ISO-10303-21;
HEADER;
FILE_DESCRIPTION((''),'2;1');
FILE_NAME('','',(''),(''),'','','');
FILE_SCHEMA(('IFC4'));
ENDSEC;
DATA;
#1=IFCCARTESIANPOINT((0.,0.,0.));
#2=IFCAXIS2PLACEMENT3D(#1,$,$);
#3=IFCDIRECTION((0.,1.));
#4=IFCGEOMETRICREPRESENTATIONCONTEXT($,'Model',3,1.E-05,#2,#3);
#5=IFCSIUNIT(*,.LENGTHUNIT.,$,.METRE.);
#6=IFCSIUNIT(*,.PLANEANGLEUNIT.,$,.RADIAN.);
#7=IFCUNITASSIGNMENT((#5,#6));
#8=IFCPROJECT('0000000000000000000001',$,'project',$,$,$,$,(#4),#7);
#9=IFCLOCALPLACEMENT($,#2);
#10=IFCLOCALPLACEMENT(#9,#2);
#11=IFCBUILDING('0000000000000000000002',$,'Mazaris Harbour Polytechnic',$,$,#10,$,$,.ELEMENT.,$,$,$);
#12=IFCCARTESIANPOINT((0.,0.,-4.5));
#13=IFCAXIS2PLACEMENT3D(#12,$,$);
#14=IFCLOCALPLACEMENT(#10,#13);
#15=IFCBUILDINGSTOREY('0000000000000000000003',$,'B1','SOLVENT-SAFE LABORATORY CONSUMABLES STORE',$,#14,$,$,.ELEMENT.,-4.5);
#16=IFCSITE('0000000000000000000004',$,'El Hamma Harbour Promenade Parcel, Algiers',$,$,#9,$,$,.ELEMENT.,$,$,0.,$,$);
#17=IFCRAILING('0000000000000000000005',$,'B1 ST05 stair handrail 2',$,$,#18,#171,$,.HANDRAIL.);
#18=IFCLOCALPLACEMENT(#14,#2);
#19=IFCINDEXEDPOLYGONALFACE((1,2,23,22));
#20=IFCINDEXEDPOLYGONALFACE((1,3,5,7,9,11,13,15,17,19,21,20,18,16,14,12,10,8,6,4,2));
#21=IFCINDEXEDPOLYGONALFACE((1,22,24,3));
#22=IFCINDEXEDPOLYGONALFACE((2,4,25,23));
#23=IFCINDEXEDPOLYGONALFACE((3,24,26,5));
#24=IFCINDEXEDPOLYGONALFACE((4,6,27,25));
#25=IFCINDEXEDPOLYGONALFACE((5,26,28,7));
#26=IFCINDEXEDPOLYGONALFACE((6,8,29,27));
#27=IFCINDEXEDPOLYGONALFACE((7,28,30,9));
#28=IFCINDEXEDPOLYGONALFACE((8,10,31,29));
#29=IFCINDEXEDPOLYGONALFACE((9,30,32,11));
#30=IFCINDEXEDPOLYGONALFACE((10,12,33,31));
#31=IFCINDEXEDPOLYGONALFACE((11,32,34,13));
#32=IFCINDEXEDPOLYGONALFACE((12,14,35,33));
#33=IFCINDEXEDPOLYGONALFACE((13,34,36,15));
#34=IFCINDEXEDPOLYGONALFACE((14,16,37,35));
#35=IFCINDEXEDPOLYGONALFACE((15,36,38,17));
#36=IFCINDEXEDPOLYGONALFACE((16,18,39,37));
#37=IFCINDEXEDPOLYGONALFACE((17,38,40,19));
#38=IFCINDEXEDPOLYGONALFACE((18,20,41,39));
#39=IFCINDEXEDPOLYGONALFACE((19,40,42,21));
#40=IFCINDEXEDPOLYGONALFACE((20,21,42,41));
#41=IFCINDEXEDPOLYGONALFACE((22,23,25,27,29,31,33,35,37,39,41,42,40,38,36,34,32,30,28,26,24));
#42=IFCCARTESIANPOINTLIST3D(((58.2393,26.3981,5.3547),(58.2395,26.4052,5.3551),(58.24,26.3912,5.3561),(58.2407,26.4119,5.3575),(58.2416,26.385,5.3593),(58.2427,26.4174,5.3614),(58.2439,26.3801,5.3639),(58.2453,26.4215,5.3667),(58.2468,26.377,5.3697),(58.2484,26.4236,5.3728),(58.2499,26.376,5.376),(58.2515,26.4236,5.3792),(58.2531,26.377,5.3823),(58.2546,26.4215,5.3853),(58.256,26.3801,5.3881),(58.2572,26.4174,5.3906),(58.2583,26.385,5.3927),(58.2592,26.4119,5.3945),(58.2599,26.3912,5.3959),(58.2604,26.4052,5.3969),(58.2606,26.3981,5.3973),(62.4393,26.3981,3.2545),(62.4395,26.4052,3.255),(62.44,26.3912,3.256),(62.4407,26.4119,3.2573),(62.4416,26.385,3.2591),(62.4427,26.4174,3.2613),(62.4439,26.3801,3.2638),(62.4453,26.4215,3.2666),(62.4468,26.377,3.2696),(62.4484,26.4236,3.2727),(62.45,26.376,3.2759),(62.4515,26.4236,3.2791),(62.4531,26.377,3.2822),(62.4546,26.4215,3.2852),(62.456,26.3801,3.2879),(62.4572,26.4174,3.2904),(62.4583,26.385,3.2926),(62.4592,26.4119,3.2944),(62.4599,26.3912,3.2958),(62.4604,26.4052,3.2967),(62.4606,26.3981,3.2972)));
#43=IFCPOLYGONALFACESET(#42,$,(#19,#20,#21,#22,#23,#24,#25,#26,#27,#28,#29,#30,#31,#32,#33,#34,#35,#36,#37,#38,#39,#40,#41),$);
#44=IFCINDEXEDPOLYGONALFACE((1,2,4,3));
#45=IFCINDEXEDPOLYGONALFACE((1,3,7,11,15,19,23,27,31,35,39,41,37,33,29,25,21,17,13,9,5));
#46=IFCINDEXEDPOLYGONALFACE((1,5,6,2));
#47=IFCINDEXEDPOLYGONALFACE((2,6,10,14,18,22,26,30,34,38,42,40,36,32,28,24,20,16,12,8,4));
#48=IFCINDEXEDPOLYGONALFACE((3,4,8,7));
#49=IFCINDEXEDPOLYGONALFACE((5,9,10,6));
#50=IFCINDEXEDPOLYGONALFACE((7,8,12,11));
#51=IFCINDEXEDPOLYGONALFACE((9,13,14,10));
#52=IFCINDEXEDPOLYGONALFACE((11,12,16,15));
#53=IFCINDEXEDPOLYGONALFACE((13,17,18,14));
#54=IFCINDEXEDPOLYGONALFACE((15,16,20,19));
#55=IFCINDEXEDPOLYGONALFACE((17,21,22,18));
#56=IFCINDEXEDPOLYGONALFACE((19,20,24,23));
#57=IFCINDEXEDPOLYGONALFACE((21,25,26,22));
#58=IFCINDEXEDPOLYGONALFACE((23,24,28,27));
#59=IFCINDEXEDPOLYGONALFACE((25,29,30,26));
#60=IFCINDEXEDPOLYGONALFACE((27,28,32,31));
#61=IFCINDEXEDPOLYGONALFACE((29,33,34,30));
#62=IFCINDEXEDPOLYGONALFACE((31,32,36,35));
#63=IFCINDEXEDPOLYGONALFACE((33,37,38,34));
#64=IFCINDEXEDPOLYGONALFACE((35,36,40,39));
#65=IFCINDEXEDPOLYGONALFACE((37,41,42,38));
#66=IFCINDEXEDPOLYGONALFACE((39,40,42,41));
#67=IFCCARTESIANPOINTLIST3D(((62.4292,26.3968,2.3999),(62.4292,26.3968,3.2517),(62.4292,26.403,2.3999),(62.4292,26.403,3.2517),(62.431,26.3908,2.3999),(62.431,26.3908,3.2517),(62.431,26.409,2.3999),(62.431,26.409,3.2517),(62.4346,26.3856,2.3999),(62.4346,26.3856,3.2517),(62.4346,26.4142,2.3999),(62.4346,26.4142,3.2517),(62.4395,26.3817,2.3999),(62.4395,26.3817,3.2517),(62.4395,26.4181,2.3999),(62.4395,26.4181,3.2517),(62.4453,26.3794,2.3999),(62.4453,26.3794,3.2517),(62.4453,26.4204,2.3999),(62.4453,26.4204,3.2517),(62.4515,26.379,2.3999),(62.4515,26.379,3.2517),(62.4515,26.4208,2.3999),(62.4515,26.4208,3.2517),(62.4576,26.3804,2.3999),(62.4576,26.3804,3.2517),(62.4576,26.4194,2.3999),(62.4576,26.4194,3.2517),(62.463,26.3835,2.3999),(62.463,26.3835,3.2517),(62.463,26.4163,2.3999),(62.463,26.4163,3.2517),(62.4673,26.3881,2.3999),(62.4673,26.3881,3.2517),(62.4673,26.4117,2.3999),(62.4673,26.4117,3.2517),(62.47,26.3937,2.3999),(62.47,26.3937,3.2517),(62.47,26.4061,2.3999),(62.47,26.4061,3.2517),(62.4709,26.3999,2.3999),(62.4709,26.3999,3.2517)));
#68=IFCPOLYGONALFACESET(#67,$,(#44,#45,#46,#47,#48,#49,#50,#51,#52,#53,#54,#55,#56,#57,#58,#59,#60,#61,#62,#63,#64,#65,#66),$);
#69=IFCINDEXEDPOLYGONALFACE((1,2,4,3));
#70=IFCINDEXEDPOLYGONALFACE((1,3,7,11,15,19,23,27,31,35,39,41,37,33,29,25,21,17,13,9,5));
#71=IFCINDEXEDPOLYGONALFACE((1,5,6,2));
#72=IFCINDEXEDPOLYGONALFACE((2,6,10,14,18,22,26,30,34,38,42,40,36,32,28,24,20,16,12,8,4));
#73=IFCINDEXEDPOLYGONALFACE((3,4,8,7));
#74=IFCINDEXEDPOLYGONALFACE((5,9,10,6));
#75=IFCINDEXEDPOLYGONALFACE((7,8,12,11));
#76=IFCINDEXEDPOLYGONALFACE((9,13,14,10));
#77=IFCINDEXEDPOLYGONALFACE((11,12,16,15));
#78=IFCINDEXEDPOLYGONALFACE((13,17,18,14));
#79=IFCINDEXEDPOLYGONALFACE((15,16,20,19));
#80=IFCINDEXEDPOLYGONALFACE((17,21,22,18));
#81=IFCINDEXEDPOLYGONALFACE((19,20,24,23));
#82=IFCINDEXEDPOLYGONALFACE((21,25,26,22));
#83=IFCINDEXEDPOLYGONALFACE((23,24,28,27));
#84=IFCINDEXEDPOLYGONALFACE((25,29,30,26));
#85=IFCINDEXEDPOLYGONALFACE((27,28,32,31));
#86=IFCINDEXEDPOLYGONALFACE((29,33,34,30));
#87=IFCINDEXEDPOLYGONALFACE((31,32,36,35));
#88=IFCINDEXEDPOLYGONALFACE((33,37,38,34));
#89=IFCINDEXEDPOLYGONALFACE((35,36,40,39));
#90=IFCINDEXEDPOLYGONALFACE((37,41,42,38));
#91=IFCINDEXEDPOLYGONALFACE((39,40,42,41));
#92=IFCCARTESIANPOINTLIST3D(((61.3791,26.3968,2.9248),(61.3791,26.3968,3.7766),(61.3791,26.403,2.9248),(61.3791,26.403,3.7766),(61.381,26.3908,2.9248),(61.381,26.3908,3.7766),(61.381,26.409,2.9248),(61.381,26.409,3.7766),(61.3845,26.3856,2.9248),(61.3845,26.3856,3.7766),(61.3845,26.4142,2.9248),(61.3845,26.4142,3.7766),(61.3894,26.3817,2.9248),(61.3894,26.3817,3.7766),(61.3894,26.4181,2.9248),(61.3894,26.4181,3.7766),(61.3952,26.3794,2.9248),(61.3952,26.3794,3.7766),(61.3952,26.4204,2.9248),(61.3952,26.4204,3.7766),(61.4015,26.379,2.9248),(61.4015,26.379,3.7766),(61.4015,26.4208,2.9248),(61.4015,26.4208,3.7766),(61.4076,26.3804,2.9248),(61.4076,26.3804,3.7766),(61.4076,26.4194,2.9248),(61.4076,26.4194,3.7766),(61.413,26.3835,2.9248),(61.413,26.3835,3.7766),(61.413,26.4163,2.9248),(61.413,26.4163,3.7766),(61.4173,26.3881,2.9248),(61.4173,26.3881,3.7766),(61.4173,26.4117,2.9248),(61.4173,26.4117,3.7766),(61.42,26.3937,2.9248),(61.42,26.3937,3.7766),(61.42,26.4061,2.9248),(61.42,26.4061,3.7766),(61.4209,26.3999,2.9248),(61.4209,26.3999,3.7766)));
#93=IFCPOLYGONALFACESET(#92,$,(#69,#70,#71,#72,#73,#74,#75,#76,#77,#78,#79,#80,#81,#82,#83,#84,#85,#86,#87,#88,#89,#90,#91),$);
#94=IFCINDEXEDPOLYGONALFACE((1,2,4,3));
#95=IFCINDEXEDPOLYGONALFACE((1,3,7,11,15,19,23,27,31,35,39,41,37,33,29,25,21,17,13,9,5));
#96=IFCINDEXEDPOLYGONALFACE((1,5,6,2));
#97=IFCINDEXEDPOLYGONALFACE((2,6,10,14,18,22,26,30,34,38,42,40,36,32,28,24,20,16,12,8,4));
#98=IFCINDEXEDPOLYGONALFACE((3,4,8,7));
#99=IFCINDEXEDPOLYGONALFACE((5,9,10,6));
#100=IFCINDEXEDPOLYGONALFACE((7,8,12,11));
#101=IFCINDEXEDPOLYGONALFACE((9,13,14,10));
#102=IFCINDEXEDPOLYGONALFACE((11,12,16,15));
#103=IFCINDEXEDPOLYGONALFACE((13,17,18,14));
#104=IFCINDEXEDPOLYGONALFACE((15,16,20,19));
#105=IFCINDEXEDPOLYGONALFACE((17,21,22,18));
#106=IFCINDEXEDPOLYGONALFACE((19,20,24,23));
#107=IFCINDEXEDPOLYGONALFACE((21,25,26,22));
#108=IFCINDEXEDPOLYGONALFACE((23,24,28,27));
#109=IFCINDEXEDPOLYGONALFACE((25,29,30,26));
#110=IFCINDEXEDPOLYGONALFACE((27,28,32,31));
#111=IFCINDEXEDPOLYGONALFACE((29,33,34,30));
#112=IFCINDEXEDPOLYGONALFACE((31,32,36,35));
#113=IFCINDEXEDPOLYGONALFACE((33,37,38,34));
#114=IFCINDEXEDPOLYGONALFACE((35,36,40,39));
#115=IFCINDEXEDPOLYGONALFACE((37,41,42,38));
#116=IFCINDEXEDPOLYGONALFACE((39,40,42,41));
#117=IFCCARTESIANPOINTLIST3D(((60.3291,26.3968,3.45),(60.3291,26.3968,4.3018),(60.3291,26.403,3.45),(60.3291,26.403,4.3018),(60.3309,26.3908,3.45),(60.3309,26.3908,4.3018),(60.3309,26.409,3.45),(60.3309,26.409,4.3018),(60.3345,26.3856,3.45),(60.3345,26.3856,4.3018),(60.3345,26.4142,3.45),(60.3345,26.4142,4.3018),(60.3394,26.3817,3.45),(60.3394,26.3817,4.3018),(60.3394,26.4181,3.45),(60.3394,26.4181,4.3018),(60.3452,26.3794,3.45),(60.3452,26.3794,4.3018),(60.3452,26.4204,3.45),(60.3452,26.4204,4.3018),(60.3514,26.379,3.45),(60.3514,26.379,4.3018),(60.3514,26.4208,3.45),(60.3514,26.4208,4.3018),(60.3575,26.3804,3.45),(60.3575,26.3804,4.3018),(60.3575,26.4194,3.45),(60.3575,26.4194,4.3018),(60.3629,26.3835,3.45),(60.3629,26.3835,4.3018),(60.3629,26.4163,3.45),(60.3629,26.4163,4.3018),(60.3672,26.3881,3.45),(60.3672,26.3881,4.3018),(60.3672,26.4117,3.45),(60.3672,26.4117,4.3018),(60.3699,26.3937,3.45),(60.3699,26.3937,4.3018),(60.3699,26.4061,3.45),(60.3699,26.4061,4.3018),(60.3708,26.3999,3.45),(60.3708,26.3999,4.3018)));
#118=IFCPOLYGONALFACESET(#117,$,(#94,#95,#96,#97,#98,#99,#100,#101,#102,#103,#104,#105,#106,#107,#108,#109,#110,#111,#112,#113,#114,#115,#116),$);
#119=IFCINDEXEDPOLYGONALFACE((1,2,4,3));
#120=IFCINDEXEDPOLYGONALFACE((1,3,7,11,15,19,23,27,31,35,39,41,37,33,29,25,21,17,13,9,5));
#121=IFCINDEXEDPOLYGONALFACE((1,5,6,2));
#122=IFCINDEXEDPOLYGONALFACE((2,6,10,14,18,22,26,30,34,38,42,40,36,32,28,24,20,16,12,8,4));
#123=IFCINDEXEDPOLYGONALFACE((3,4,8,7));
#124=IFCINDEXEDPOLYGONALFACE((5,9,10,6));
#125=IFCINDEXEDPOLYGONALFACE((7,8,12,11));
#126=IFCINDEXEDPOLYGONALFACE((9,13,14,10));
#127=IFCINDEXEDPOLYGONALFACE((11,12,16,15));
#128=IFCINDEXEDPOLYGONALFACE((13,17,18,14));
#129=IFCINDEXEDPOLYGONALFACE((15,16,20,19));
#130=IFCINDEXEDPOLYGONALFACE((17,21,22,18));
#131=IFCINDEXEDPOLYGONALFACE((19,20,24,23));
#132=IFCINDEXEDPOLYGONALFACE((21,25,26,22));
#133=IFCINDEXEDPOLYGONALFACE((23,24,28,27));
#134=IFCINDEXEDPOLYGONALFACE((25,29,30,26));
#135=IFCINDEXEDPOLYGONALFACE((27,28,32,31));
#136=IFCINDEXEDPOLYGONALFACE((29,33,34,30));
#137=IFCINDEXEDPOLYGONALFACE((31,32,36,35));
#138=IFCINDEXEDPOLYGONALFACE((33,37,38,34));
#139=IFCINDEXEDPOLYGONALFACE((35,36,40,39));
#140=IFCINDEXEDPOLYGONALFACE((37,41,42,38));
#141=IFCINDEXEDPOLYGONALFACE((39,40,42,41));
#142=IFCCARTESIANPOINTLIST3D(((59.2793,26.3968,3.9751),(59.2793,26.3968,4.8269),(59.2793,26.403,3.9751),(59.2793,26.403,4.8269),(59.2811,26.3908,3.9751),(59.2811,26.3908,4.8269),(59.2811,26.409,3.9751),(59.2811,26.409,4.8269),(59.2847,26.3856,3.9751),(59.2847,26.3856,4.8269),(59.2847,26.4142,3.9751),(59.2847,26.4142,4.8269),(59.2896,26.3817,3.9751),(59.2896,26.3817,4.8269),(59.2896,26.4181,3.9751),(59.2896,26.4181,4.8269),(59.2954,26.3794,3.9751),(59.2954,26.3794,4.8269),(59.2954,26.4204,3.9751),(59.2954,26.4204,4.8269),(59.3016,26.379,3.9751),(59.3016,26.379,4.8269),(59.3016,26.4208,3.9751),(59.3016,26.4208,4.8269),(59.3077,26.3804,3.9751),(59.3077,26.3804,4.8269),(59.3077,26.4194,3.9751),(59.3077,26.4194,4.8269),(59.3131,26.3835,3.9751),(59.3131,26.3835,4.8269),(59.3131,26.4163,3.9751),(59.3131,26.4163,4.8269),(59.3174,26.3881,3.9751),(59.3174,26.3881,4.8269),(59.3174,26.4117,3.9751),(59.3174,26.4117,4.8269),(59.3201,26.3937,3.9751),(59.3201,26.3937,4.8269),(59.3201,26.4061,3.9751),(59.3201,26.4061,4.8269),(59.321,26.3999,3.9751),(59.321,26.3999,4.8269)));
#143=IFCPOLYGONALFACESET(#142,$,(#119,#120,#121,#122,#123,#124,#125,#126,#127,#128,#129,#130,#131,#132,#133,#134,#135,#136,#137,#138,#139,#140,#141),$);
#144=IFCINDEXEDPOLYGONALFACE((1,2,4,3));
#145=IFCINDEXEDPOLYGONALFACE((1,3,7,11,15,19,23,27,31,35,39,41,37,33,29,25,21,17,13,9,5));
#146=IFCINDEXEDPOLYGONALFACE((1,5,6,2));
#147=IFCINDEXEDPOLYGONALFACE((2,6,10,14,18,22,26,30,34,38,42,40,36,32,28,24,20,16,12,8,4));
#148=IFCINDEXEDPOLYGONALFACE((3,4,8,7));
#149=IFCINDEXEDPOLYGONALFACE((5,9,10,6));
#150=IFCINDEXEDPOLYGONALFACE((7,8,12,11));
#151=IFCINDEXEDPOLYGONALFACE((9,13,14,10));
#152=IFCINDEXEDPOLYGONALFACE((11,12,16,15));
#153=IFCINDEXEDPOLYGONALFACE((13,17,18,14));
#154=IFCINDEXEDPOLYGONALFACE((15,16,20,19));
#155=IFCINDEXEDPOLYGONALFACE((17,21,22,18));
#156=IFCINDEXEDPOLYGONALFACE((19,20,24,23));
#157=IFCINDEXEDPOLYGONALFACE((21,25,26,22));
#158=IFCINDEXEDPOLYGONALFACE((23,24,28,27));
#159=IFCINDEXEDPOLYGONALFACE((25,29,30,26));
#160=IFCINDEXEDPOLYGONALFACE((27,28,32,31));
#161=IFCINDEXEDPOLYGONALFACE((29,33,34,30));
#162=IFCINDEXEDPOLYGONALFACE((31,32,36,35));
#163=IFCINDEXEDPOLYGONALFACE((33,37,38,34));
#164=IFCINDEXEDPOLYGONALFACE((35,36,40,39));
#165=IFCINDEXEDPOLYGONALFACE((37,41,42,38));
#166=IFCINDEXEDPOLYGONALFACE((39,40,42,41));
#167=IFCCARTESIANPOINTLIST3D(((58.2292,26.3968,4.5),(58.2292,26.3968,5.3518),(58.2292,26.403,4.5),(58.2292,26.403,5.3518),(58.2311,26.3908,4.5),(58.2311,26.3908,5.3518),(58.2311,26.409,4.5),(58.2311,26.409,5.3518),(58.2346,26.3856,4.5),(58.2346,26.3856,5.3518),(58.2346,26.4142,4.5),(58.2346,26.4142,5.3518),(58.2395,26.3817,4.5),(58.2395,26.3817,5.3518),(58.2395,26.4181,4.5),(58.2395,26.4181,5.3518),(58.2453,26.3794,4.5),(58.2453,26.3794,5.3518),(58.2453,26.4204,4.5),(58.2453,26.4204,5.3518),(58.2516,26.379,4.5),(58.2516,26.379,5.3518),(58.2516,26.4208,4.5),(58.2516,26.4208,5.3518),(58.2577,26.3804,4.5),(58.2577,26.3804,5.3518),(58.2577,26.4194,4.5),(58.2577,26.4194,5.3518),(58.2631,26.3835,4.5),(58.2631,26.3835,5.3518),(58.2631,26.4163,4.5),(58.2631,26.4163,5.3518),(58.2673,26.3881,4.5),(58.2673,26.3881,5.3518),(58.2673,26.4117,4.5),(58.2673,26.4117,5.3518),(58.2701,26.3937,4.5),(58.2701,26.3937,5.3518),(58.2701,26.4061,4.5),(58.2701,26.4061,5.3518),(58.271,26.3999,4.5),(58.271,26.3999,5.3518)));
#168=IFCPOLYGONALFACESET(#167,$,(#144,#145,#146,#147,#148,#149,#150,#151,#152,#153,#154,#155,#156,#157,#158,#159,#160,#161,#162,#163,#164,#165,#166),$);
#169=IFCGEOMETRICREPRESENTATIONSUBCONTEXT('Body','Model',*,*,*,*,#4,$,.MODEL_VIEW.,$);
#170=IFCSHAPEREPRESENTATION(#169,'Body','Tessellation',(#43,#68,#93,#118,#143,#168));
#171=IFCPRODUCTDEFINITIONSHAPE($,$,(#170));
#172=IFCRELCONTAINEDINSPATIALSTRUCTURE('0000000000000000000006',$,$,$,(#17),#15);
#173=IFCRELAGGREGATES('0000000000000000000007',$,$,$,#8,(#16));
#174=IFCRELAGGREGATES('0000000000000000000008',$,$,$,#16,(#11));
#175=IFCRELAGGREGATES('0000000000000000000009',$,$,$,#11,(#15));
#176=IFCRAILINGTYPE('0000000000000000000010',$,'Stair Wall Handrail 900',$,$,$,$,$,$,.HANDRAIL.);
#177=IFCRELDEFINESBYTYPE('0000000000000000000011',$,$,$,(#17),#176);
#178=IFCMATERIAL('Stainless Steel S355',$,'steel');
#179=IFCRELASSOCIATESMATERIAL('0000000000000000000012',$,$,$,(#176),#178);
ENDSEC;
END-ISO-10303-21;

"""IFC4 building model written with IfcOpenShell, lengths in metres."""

from ifc_helpers import new_model, si_unit, direction, frame, origin, origin_2d, place, context, subcontext, project, spatial, circle, extrude, material, type_object, element, save


model = new_model("IFC4")

# Units and contexts
model_context = context("Model", 3, precision=1e-05, world=origin(), true_north=direction((0.0, 1.0)))
body_context = subcontext(model_context, "Body", "Model", "MODEL_VIEW")
ifc_project = project(units=[si_unit("LENGTHUNIT", "METRE"), si_unit("PLANEANGLEUNIT", "RADIAN")], contexts=[model_context])

# Site, building, storey
site_placement = place(None, origin())
site = spatial("IfcSite", under=ifc_project, at=site_placement, Name="El Hamma Harbour Promenade Parcel, Algiers", CompositionType="ELEMENT", RefElevation=0.0)
building_placement = place(site_placement, origin())
building = spatial("IfcBuilding", under=site, at=building_placement, Name="Mazaris Harbour Polytechnic", CompositionType="ELEMENT")
storey_placement = place(building_placement, frame((0.0, 0.0, -4.5)))
storey = spatial("IfcBuildingStorey", under=building, at=storey_placement, Name="B1", Description="SOLVENT-SAFE LABORATORY CONSUMABLES STORE", CompositionType="ELEMENT", Elevation=-4.5)

# Railing
ifc_material_1 = material(Name="Stainless Steel S355", Category="steel")
railing_type_1 = type_object("IfcRailingType", Name="Stair Wall Handrail 900", PredefinedType="HANDRAIL", material=ifc_material_1)
railing_1_placement = place(storey_placement, frame((62.45, 26.3999, 2.3999)))
element("IfcRailing", 1, at=railing_1_placement, inside=storey, type_object=railing_type_1, Name="B1 ST05 stair handrail 2", PredefinedType="HANDRAIL", context=body_context, shape_type="SweptSolid", body=[
    extrude(circle(Radius=0.0239, at=origin_2d()), frame((0.0, 0.0, 0.876), z_axis=(-0.894417, 0.0, 0.447234), x_axis=(0.0, -1.0, 0.0)), (0.0, 0.0, 1.0), 4.6958),
    extrude(circle(Radius=0.021, at=origin_2d()), origin(), (0.0, 0.0, 1.0), 0.8518),
    extrude(circle(Radius=0.021, at=origin_2d()), frame((-1.05, 0.0, 0.5249)), (0.0, 0.0, 1.0), 0.8518),
    extrude(circle(Radius=0.021, at=origin_2d()), frame((-2.1001, 0.0, 1.05)), (0.0, 0.0, 1.0), 0.8518),
    extrude(circle(Radius=0.021, at=origin_2d()), frame((-3.1499, 0.0, 1.5752)), (0.0, 0.0, 1.0), 0.8518),
    extrude(circle(Radius=0.021, at=origin_2d()), frame((-4.2, 0.0, 2.1001)), (0.0, 0.0, 1.0), 0.8518),
])

save(model, "model.ifc")
